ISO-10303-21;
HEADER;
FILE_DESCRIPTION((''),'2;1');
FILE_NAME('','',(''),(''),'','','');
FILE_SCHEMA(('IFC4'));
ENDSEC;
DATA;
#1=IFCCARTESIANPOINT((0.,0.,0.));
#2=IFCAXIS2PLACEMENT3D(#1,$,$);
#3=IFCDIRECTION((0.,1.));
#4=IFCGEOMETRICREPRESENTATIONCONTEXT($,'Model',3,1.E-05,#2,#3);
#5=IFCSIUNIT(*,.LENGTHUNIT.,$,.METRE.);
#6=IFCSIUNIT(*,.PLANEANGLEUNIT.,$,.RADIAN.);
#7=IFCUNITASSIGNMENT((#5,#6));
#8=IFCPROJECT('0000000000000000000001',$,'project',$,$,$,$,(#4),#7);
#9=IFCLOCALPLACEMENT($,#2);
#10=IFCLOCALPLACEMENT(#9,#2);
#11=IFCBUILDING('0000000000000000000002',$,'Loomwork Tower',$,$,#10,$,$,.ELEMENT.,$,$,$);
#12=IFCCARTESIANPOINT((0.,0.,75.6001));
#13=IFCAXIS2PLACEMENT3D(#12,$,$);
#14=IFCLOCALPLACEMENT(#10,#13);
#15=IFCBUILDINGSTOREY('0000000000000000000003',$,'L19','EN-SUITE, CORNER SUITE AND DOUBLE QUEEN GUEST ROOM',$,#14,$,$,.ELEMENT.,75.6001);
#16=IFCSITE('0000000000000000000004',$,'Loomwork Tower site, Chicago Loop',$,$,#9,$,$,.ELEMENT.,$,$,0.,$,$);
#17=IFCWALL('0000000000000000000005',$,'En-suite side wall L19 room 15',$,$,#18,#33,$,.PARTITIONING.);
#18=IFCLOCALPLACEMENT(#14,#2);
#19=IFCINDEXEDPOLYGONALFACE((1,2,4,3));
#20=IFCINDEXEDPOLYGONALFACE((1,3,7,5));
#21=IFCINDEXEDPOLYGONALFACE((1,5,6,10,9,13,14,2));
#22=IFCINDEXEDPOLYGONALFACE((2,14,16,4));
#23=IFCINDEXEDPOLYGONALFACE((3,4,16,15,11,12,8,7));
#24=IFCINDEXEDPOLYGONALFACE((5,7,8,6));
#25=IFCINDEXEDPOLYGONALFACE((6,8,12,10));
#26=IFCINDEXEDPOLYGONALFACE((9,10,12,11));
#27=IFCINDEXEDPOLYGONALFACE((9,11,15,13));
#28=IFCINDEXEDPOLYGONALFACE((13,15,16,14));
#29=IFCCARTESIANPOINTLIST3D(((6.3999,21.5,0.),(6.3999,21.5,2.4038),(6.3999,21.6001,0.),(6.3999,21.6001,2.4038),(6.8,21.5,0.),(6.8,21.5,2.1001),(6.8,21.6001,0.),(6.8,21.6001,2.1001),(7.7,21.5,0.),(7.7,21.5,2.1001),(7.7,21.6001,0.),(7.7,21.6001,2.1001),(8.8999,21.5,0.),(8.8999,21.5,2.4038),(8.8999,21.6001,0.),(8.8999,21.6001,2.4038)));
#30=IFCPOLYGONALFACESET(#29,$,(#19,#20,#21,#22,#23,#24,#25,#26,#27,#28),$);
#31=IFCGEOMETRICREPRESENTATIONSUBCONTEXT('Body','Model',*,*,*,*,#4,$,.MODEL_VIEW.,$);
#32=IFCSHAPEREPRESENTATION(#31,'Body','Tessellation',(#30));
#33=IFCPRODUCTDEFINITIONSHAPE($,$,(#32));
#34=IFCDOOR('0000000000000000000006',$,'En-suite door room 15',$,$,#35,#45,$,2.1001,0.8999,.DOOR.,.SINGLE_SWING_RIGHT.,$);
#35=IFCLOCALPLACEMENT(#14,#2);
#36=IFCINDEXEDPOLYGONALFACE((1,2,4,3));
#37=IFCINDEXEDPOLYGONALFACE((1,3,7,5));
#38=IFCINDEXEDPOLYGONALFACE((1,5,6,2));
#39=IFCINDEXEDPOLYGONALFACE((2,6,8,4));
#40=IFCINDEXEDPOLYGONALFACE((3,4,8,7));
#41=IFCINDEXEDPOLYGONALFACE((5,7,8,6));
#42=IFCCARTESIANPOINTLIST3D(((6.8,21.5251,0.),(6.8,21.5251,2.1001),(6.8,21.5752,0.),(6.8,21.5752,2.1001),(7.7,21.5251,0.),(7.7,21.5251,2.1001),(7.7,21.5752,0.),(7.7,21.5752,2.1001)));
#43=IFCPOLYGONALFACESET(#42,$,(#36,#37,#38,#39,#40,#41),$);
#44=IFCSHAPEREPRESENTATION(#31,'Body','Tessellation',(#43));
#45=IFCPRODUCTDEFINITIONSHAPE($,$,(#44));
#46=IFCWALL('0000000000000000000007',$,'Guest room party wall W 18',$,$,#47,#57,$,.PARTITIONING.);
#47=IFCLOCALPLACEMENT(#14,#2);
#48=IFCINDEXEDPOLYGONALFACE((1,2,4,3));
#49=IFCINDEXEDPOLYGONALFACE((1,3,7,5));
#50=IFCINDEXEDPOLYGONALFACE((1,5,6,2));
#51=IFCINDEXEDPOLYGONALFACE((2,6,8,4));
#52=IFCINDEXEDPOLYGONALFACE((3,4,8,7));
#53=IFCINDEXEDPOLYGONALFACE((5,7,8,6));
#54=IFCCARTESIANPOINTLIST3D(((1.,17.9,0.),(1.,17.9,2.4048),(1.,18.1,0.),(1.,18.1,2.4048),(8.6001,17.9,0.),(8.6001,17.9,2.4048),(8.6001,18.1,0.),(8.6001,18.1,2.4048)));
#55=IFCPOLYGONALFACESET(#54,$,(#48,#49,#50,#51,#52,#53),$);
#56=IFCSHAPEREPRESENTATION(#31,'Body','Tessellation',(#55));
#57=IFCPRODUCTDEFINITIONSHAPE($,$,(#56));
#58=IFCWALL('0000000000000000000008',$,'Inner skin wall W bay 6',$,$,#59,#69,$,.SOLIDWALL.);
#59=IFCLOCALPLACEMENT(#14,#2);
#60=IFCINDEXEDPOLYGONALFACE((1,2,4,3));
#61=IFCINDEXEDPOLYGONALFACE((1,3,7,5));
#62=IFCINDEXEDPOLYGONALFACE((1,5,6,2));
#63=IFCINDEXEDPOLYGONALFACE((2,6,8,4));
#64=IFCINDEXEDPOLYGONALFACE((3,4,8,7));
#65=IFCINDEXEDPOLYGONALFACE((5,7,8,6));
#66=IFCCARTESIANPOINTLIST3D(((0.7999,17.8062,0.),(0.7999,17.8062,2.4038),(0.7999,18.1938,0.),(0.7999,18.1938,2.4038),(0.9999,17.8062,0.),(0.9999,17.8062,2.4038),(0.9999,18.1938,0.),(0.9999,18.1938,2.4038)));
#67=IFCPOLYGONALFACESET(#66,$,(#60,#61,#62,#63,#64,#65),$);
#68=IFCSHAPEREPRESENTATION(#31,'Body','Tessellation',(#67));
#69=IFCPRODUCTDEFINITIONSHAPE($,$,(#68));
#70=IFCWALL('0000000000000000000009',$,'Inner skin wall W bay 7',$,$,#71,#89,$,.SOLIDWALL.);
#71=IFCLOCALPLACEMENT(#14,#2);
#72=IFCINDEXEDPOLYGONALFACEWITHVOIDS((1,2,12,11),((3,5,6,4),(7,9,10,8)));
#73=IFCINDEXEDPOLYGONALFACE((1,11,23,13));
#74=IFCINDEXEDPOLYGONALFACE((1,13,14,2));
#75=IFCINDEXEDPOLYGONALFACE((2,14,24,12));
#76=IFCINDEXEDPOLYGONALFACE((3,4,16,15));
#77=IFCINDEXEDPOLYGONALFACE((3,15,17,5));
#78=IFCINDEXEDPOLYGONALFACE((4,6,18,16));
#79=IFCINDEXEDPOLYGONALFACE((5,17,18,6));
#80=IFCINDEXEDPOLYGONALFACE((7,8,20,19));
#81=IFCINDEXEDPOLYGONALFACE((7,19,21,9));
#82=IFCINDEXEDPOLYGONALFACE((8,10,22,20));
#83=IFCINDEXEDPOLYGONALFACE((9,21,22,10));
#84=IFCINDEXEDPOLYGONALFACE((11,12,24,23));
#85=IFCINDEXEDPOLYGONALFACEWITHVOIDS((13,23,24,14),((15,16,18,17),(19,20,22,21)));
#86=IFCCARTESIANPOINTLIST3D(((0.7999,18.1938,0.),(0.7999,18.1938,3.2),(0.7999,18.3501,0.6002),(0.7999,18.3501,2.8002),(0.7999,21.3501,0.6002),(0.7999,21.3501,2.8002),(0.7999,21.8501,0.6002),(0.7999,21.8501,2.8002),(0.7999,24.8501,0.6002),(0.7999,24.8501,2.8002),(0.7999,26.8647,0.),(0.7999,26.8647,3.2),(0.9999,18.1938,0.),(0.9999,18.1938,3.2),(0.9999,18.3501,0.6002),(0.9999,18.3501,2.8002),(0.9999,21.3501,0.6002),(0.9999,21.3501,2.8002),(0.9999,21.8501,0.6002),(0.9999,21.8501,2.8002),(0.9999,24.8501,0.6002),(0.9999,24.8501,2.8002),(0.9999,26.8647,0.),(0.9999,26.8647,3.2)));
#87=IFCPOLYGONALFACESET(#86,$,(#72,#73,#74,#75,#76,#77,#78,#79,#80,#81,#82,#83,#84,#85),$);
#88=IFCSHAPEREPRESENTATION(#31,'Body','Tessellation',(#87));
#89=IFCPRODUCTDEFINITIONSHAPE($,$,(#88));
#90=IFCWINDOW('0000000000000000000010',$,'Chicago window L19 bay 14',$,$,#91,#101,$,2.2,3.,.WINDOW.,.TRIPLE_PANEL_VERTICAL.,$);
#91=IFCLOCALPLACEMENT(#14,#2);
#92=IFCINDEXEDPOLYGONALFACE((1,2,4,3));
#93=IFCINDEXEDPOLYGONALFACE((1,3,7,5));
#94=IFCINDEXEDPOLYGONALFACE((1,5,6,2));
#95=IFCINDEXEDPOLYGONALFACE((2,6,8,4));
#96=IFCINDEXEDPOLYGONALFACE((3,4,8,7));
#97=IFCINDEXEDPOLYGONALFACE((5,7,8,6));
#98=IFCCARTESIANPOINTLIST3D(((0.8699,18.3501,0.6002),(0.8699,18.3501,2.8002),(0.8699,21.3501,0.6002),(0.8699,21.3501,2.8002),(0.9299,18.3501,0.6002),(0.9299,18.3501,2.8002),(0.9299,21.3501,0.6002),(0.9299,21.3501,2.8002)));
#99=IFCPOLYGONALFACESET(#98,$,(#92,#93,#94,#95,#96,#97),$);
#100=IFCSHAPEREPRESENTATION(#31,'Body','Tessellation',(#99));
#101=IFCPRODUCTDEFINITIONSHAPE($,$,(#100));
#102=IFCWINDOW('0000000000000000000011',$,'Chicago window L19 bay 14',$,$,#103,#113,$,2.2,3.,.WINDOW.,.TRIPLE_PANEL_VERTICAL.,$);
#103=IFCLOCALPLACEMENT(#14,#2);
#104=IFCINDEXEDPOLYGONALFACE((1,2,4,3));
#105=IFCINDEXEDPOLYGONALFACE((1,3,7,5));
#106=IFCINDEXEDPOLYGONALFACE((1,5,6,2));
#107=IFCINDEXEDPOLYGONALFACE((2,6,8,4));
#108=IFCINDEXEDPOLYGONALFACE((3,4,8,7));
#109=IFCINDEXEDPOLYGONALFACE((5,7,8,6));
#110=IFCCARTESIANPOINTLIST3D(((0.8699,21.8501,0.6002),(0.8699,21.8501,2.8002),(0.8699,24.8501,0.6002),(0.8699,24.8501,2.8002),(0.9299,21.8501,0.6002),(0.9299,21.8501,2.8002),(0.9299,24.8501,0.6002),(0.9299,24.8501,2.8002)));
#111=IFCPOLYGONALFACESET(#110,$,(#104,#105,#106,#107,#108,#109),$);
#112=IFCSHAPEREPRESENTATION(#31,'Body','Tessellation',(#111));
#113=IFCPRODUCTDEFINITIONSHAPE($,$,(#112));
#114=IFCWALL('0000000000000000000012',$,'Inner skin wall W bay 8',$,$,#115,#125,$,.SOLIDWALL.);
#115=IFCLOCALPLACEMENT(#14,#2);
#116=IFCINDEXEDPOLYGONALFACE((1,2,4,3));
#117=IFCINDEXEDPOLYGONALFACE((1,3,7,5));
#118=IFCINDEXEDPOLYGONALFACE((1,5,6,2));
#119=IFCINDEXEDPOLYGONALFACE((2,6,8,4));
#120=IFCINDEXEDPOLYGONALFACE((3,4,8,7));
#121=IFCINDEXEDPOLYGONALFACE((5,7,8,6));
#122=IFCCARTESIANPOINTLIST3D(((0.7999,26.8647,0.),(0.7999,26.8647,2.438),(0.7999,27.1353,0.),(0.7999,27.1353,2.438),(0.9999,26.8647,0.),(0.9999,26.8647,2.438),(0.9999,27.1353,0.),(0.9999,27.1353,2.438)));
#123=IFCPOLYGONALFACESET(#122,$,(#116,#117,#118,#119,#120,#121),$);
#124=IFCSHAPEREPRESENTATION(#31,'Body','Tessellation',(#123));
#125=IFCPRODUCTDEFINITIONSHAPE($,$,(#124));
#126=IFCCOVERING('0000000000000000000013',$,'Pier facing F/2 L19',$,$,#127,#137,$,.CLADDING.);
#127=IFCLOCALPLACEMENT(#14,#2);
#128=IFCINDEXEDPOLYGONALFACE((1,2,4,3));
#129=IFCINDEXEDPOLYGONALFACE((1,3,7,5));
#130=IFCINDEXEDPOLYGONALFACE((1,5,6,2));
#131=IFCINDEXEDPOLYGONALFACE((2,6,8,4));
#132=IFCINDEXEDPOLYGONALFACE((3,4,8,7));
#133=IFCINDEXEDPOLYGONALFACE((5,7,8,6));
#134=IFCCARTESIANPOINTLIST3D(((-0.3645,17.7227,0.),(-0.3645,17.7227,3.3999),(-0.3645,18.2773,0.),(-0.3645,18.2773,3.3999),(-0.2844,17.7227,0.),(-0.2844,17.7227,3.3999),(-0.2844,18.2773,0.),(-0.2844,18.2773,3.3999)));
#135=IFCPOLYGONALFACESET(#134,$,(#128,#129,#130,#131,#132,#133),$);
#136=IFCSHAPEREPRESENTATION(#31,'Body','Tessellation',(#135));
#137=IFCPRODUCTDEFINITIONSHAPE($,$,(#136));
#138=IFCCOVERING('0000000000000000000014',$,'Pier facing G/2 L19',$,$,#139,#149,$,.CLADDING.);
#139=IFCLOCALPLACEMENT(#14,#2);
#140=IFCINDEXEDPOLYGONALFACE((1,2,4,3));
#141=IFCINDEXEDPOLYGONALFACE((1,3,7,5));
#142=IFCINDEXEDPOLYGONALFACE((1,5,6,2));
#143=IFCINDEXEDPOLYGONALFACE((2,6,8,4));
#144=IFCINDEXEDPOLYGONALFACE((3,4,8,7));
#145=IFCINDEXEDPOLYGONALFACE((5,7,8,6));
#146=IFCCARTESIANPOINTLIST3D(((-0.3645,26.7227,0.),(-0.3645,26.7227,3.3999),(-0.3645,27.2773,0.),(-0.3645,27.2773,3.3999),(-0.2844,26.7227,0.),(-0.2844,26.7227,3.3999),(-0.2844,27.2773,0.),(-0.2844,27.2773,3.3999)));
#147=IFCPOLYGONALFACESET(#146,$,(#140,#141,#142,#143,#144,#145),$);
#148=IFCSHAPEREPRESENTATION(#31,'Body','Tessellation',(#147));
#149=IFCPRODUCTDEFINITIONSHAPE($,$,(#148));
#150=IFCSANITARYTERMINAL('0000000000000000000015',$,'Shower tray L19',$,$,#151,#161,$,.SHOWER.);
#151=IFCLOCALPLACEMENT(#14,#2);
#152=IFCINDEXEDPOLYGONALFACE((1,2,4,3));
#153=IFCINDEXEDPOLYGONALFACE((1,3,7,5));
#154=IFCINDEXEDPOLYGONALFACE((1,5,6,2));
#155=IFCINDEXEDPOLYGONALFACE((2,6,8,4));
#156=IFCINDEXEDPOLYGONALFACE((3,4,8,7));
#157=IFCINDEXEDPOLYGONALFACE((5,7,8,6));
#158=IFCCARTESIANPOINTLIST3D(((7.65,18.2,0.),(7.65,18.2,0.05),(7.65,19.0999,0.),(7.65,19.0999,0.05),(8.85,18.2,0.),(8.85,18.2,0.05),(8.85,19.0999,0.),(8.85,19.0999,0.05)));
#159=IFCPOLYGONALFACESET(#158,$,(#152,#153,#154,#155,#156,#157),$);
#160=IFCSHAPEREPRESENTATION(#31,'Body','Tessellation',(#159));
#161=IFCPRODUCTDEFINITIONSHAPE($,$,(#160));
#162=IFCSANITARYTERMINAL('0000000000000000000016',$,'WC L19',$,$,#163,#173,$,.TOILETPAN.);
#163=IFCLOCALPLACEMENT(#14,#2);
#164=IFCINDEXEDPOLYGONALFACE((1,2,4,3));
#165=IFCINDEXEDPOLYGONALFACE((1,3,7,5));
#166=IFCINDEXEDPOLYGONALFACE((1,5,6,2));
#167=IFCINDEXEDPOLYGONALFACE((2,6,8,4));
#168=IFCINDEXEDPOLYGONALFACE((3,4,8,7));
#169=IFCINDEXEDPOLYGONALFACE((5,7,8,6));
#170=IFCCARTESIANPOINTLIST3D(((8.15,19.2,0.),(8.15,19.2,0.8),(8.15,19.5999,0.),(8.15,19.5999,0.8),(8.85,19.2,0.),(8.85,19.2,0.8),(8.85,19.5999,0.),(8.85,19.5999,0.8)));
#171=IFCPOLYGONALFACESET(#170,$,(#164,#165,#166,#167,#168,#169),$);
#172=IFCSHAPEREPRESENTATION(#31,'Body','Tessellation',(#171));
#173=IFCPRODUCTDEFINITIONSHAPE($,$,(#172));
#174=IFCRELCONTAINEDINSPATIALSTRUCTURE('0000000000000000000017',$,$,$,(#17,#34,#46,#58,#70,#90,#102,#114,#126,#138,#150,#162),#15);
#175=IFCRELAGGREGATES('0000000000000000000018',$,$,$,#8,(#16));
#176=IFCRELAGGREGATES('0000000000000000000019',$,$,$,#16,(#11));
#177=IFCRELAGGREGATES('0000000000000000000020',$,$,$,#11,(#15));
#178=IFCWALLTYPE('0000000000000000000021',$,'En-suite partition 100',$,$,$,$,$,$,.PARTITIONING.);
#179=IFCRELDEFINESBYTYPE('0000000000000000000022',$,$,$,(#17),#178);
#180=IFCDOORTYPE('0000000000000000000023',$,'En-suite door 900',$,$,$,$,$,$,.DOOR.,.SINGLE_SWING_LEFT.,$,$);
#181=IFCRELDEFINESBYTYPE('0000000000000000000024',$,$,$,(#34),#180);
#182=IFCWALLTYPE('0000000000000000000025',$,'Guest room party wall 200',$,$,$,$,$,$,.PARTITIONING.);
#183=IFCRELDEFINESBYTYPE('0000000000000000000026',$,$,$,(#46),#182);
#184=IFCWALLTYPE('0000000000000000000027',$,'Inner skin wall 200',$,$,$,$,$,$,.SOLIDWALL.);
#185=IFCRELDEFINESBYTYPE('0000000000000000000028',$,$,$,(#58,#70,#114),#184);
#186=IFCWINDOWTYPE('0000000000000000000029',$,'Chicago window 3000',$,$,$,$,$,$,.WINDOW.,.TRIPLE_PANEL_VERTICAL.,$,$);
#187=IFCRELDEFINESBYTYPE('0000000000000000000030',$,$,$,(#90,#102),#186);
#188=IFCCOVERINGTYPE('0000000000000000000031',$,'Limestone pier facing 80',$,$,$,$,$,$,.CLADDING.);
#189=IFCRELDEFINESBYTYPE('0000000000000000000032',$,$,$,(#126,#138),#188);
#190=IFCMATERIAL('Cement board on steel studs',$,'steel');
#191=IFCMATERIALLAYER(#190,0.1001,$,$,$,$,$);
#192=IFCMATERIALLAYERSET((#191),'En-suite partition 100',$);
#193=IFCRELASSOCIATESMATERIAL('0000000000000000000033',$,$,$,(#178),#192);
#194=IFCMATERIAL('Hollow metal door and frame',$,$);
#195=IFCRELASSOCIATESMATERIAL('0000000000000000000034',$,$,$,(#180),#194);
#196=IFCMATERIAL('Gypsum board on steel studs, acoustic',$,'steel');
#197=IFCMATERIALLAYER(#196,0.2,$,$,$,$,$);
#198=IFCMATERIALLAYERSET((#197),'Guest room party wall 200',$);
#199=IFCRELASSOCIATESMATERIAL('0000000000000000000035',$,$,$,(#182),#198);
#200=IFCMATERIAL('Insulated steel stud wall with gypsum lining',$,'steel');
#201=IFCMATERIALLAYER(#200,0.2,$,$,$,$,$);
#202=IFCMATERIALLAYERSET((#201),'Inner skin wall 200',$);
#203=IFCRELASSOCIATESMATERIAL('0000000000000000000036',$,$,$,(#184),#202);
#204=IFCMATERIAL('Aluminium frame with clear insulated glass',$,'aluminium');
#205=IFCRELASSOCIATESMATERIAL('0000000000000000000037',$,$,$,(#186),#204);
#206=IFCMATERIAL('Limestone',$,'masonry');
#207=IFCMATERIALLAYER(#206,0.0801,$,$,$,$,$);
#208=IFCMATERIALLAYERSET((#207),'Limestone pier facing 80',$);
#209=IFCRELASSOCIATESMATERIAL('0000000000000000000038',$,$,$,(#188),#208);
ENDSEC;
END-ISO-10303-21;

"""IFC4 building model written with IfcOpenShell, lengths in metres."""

from ifc_helpers import new_model, si_unit, direction, frame, frame_2d, origin, origin_2d, place, context, subcontext, project, spatial, rectangle, extrude, material, layer, layer_set, type_object, element, fill, save


model = new_model("IFC4")

# Units and contexts
model_context = context("Model", 3, precision=1e-05, world=origin(), true_north=direction((0.0, 1.0)))
body_context = subcontext(model_context, "Body", "Model", "MODEL_VIEW")
ifc_project = project(units=[si_unit("LENGTHUNIT", "METRE"), si_unit("PLANEANGLEUNIT", "RADIAN")], contexts=[model_context])

# Site, building, storey
site_placement = place(None, origin())
site = spatial("IfcSite", under=ifc_project, at=site_placement, Name="Loomwork Tower site, Chicago Loop", CompositionType="ELEMENT", RefElevation=0.0)
building_placement = place(site_placement, origin())
building = spatial("IfcBuilding", under=site, at=building_placement, Name="Loomwork Tower", CompositionType="ELEMENT")
storey_placement = place(building_placement, frame((0.0, 0.0, 75.6001)))
storey = spatial("IfcBuildingStorey", under=building, at=storey_placement, Name="L19", Description="EN-SUITE, CORNER SUITE AND DOUBLE QUEEN GUEST ROOM", CompositionType="ELEMENT", Elevation=75.6001)

# Shared definitions
ifc_material_1 = material(Name="Cement board on steel studs", Category="steel")
ifc_layer_1 = layer(ifc_material_1, 0.1001)
ifc_layer_set_1 = layer_set([ifc_layer_1], Name="En-suite partition 100")
wall_type_1 = type_object("IfcWallType", Name="En-suite partition 100", PredefinedType="PARTITIONING", material=ifc_layer_set_1)

# Wall, opening, door
wall_1_placement = place(storey_placement, frame((8.8999, 21.55, 0.0), z_axis=(0.0, 0.0, 1.0), x_axis=(-1.0, 0.0, 0.0)))
wall_1 = element("IfcWall", 1, at=wall_1_placement, inside=storey, type_object=wall_type_1, Name="En-suite side wall L19 room 15", PredefinedType="PARTITIONING", context=body_context, shape_type="SweptSolid", body=[
    extrude(rectangle(XDim=2.5, YDim=0.1001, at=frame_2d((1.25, 0.0))), origin(), (0.0, 0.0, 1.0), 2.4038),
])
opening_1_placement = place(wall_1_placement, frame((1.2, 0.0, 0.0)))
opening_1 = element("IfcOpeningElement", 2, at=opening_1_placement, cuts=wall_1, PredefinedType="OPENING", context=body_context, shape_type="SweptSolid", body=[
    extrude(rectangle(XDim=0.8999, YDim=2.1001, at=frame_2d((0.45, 1.05))), frame((0.0, 0.0601, 0.0), z_axis=(0.0, -1.0, 0.0), x_axis=(1.0, 0.0, 0.0)), (0.0, 0.0, 1.0), 0.1201),
])
ifc_material_2 = material(Name="Hollow metal door and frame")
door_type = type_object("IfcDoorType", Name="En-suite door 900", OperationType="SINGLE_SWING_LEFT", PredefinedType="DOOR", material=ifc_material_2)
door_placement = place(opening_1_placement, origin())
door = element("IfcDoor", 3, at=door_placement, inside=storey, type_object=door_type, Name="En-suite door room 15", OperationType="SINGLE_SWING_RIGHT", OverallHeight=2.1001, OverallWidth=0.8999, PredefinedType="DOOR", context=body_context, shape_type="SweptSolid", body=[
    extrude(rectangle(XDim=0.8999, YDim=2.1001, at=frame_2d((0.45, 1.05))), frame((0.0, 0.0249, 0.0), z_axis=(0.0, -1.0, 0.0), x_axis=(1.0, 0.0, 0.0)), (0.0, 0.0, 1.0), 0.05),
])
fill(opening_1, door)

# Walls
ifc_material_3 = material(Name="Gypsum board on steel studs, acoustic", Category="steel")
ifc_layer_2 = layer(ifc_material_3, 0.2)
ifc_layer_set_2 = layer_set([ifc_layer_2], Name="Guest room party wall 200")
wall_type_2 = type_object("IfcWallType", Name="Guest room party wall 200", PredefinedType="PARTITIONING", material=ifc_layer_set_2)
wall_2_placement = place(storey_placement, frame((8.6001, 18.0, 0.0), z_axis=(0.0, 0.0, 1.0), x_axis=(-1.0, 0.0, 0.0)))
element("IfcWall", 4, at=wall_2_placement, inside=storey, type_object=wall_type_2, Name="Guest room party wall W 18", PredefinedType="PARTITIONING", context=body_context, shape_type="SweptSolid", body=[
    extrude(rectangle(XDim=7.6001, YDim=0.2, at=frame_2d((3.8, 0.0))), origin(), (0.0, 0.0, 1.0), 2.4048),
])
ifc_material_4 = material(Name="Insulated steel stud wall with gypsum lining", Category="steel")
ifc_layer_3 = layer(ifc_material_4, 0.2)
ifc_layer_set_3 = layer_set([ifc_layer_3], Name="Inner skin wall 200")
wall_type_3 = type_object("IfcWallType", Name="Inner skin wall 200", PredefinedType="SOLIDWALL", material=ifc_layer_set_3)
wall_3_placement = place(storey_placement, frame((0.8999, 17.8062, 0.0), z_axis=(0.0, 0.0, 1.0), x_axis=(0.0, 1.0, 0.0)))
element("IfcWall", 5, at=wall_3_placement, inside=storey, type_object=wall_type_3, Name="Inner skin wall W bay 6", PredefinedType="SOLIDWALL", context=body_context, shape_type="SweptSolid", body=[
    extrude(rectangle(XDim=0.3877, YDim=0.2, at=frame_2d((0.1938, 0.0))), origin(), (0.0, 0.0, 1.0), 2.4038),
])

# Wall, openings, windows
wall_4_placement = place(storey_placement, frame((0.8999, 18.1938, 0.0), z_axis=(0.0, 0.0, 1.0), x_axis=(0.0, 1.0, 0.0)))
wall_4 = element("IfcWall", 6, at=wall_4_placement, inside=storey, type_object=wall_type_3, Name="Inner skin wall W bay 7", PredefinedType="SOLIDWALL", context=body_context, shape_type="SweptSolid", body=[
    extrude(rectangle(XDim=8.6709, YDim=0.2, at=frame_2d((4.3354, 0.0))), origin(), (0.0, 0.0, 1.0), 3.2),
])
opening_2_placement = place(wall_4_placement, frame((0.1562, 0.0, 0.6001)))
opening_2 = element("IfcOpeningElement", 7, at=opening_2_placement, cuts=wall_4, PredefinedType="OPENING", context=body_context, shape_type="SweptSolid", body=[
    extrude(rectangle(XDim=3.0, YDim=2.2, at=frame_2d((1.5, 1.1001))), frame((0.0, 0.1099, 0.0), z_axis=(0.0, -1.0, 0.0), x_axis=(1.0, 0.0, 0.0)), (0.0, 0.0, 1.0), 0.22),
])
opening_3_placement = place(wall_4_placement, frame((3.6562, 0.0, 0.6001)))
opening_3 = element("IfcOpeningElement", 8, at=opening_3_placement, cuts=wall_4, PredefinedType="OPENING", context=body_context, shape_type="SweptSolid", body=[
    extrude(rectangle(XDim=3.0, YDim=2.2, at=frame_2d((1.5, 1.1001))), frame((0.0, 0.1099, 0.0), z_axis=(0.0, -1.0, 0.0), x_axis=(1.0, 0.0, 0.0)), (0.0, 0.0, 1.0), 0.22),
])
ifc_material_5 = material(Name="Aluminium frame with clear insulated glass", Category="aluminium")
window_type = type_object("IfcWindowType", Name="Chicago window 3000", PartitioningType="TRIPLE_PANEL_VERTICAL", PredefinedType="WINDOW", material=ifc_material_5)
window_1_placement = place(opening_2_placement, origin())
window_1 = element("IfcWindow", 9, at=window_1_placement, inside=storey, type_object=window_type, Name="Chicago window L19 bay 14", OverallHeight=2.2, OverallWidth=3.0, PartitioningType="TRIPLE_PANEL_VERTICAL", PredefinedType="WINDOW", context=body_context, shape_type="SweptSolid", body=[
    extrude(rectangle(XDim=3.0, YDim=2.2, at=frame_2d((1.5, 1.1001))), frame((0.0, 0.03, 0.0), z_axis=(0.0, -1.0, 0.0), x_axis=(1.0, 0.0, 0.0)), (0.0, 0.0, 1.0), 0.0601),
])
fill(opening_2, window_1)
window_2_placement = place(opening_3_placement, origin())
window_2 = element("IfcWindow", 10, at=window_2_placement, inside=storey, type_object=window_type, Name="Chicago window L19 bay 14", OverallHeight=2.2, OverallWidth=3.0, PartitioningType="TRIPLE_PANEL_VERTICAL", PredefinedType="WINDOW", context=body_context, shape_type="SweptSolid", body=[
    extrude(rectangle(XDim=3.0, YDim=2.2, at=frame_2d((1.5, 1.1001))), frame((0.0, 0.03, 0.0), z_axis=(0.0, -1.0, 0.0), x_axis=(1.0, 0.0, 0.0)), (0.0, 0.0, 1.0), 0.0601),
])
fill(opening_3, window_2)

# Wall
wall_5_placement = place(storey_placement, frame((0.8999, 26.8647, 0.0), z_axis=(0.0, 0.0, 1.0), x_axis=(0.0, 1.0, 0.0)))
element("IfcWall", 11, at=wall_5_placement, inside=storey, type_object=wall_type_3, Name="Inner skin wall W bay 8", PredefinedType="SOLIDWALL", context=body_context, shape_type="SweptSolid", body=[
    extrude(rectangle(XDim=0.2705, YDim=0.2, at=frame_2d((0.1353, 0.0))), origin(), (0.0, 0.0, 1.0), 2.438),
])

# Coverings
ifc_material_6 = material(Name="Limestone", Category="masonry")
ifc_layer_4 = layer(ifc_material_6, 0.0801)
ifc_layer_set_4 = layer_set([ifc_layer_4], Name="Limestone pier facing 80")
covering_type = type_object("IfcCoveringType", Name="Limestone pier facing 80", PredefinedType="CLADDING", material=ifc_layer_set_4)
for number, where, z_axis, x_axis, name in (
    (12, (-0.3245, 18.0, 0.0), (0.0, 0.0, 1.0), (1.0, 0.0, 0.0), "Pier facing F/2 L19"),
    (13, (-0.3245, 27.0, 0.0), (0.0, 0.0, 1.0), (1.0, 0.0, 0.0), "Pier facing G/2 L19"),
):
    element("IfcCovering", number, at=place(storey_placement, frame(where, z_axis=z_axis, x_axis=x_axis)), inside=storey, type_object=covering_type, Name=name, PredefinedType="CLADDING", context=body_context, shape_type="SweptSolid", body=[
        extrude(rectangle(XDim=0.0801, YDim=0.5547, at=origin_2d()), origin(), (0.0, 0.0, 1.0), 3.3999),
    ])

# Sanitary terminals
sanitary_terminal_1_placement = place(storey_placement, frame((8.25, 18.6499, 0.0), z_axis=(0.0, 0.0, 1.0), x_axis=(1.0, 0.0, 0.0)))
element("IfcSanitaryTerminal", 14, at=sanitary_terminal_1_placement, inside=storey, Name="Shower tray L19", PredefinedType="SHOWER", context=body_context, shape_type="SweptSolid", body=[
    extrude(rectangle(XDim=1.2, YDim=0.8999, at=origin_2d()), origin(), (0.0, 0.0, 1.0), 0.05),
])
sanitary_terminal_2_placement = place(storey_placement, frame((8.5, 19.3999, 0.0), z_axis=(0.0, 0.0, 1.0), x_axis=(1.0, 0.0, 0.0)))
element("IfcSanitaryTerminal", 15, at=sanitary_terminal_2_placement, inside=storey, Name="WC L19", PredefinedType="TOILETPAN", context=body_context, shape_type="SweptSolid", body=[
    extrude(rectangle(XDim=0.7, YDim=0.3999, at=origin_2d()), origin(), (0.0, 0.0, 1.0), 0.8),
])

save(model, "model.ifc")
